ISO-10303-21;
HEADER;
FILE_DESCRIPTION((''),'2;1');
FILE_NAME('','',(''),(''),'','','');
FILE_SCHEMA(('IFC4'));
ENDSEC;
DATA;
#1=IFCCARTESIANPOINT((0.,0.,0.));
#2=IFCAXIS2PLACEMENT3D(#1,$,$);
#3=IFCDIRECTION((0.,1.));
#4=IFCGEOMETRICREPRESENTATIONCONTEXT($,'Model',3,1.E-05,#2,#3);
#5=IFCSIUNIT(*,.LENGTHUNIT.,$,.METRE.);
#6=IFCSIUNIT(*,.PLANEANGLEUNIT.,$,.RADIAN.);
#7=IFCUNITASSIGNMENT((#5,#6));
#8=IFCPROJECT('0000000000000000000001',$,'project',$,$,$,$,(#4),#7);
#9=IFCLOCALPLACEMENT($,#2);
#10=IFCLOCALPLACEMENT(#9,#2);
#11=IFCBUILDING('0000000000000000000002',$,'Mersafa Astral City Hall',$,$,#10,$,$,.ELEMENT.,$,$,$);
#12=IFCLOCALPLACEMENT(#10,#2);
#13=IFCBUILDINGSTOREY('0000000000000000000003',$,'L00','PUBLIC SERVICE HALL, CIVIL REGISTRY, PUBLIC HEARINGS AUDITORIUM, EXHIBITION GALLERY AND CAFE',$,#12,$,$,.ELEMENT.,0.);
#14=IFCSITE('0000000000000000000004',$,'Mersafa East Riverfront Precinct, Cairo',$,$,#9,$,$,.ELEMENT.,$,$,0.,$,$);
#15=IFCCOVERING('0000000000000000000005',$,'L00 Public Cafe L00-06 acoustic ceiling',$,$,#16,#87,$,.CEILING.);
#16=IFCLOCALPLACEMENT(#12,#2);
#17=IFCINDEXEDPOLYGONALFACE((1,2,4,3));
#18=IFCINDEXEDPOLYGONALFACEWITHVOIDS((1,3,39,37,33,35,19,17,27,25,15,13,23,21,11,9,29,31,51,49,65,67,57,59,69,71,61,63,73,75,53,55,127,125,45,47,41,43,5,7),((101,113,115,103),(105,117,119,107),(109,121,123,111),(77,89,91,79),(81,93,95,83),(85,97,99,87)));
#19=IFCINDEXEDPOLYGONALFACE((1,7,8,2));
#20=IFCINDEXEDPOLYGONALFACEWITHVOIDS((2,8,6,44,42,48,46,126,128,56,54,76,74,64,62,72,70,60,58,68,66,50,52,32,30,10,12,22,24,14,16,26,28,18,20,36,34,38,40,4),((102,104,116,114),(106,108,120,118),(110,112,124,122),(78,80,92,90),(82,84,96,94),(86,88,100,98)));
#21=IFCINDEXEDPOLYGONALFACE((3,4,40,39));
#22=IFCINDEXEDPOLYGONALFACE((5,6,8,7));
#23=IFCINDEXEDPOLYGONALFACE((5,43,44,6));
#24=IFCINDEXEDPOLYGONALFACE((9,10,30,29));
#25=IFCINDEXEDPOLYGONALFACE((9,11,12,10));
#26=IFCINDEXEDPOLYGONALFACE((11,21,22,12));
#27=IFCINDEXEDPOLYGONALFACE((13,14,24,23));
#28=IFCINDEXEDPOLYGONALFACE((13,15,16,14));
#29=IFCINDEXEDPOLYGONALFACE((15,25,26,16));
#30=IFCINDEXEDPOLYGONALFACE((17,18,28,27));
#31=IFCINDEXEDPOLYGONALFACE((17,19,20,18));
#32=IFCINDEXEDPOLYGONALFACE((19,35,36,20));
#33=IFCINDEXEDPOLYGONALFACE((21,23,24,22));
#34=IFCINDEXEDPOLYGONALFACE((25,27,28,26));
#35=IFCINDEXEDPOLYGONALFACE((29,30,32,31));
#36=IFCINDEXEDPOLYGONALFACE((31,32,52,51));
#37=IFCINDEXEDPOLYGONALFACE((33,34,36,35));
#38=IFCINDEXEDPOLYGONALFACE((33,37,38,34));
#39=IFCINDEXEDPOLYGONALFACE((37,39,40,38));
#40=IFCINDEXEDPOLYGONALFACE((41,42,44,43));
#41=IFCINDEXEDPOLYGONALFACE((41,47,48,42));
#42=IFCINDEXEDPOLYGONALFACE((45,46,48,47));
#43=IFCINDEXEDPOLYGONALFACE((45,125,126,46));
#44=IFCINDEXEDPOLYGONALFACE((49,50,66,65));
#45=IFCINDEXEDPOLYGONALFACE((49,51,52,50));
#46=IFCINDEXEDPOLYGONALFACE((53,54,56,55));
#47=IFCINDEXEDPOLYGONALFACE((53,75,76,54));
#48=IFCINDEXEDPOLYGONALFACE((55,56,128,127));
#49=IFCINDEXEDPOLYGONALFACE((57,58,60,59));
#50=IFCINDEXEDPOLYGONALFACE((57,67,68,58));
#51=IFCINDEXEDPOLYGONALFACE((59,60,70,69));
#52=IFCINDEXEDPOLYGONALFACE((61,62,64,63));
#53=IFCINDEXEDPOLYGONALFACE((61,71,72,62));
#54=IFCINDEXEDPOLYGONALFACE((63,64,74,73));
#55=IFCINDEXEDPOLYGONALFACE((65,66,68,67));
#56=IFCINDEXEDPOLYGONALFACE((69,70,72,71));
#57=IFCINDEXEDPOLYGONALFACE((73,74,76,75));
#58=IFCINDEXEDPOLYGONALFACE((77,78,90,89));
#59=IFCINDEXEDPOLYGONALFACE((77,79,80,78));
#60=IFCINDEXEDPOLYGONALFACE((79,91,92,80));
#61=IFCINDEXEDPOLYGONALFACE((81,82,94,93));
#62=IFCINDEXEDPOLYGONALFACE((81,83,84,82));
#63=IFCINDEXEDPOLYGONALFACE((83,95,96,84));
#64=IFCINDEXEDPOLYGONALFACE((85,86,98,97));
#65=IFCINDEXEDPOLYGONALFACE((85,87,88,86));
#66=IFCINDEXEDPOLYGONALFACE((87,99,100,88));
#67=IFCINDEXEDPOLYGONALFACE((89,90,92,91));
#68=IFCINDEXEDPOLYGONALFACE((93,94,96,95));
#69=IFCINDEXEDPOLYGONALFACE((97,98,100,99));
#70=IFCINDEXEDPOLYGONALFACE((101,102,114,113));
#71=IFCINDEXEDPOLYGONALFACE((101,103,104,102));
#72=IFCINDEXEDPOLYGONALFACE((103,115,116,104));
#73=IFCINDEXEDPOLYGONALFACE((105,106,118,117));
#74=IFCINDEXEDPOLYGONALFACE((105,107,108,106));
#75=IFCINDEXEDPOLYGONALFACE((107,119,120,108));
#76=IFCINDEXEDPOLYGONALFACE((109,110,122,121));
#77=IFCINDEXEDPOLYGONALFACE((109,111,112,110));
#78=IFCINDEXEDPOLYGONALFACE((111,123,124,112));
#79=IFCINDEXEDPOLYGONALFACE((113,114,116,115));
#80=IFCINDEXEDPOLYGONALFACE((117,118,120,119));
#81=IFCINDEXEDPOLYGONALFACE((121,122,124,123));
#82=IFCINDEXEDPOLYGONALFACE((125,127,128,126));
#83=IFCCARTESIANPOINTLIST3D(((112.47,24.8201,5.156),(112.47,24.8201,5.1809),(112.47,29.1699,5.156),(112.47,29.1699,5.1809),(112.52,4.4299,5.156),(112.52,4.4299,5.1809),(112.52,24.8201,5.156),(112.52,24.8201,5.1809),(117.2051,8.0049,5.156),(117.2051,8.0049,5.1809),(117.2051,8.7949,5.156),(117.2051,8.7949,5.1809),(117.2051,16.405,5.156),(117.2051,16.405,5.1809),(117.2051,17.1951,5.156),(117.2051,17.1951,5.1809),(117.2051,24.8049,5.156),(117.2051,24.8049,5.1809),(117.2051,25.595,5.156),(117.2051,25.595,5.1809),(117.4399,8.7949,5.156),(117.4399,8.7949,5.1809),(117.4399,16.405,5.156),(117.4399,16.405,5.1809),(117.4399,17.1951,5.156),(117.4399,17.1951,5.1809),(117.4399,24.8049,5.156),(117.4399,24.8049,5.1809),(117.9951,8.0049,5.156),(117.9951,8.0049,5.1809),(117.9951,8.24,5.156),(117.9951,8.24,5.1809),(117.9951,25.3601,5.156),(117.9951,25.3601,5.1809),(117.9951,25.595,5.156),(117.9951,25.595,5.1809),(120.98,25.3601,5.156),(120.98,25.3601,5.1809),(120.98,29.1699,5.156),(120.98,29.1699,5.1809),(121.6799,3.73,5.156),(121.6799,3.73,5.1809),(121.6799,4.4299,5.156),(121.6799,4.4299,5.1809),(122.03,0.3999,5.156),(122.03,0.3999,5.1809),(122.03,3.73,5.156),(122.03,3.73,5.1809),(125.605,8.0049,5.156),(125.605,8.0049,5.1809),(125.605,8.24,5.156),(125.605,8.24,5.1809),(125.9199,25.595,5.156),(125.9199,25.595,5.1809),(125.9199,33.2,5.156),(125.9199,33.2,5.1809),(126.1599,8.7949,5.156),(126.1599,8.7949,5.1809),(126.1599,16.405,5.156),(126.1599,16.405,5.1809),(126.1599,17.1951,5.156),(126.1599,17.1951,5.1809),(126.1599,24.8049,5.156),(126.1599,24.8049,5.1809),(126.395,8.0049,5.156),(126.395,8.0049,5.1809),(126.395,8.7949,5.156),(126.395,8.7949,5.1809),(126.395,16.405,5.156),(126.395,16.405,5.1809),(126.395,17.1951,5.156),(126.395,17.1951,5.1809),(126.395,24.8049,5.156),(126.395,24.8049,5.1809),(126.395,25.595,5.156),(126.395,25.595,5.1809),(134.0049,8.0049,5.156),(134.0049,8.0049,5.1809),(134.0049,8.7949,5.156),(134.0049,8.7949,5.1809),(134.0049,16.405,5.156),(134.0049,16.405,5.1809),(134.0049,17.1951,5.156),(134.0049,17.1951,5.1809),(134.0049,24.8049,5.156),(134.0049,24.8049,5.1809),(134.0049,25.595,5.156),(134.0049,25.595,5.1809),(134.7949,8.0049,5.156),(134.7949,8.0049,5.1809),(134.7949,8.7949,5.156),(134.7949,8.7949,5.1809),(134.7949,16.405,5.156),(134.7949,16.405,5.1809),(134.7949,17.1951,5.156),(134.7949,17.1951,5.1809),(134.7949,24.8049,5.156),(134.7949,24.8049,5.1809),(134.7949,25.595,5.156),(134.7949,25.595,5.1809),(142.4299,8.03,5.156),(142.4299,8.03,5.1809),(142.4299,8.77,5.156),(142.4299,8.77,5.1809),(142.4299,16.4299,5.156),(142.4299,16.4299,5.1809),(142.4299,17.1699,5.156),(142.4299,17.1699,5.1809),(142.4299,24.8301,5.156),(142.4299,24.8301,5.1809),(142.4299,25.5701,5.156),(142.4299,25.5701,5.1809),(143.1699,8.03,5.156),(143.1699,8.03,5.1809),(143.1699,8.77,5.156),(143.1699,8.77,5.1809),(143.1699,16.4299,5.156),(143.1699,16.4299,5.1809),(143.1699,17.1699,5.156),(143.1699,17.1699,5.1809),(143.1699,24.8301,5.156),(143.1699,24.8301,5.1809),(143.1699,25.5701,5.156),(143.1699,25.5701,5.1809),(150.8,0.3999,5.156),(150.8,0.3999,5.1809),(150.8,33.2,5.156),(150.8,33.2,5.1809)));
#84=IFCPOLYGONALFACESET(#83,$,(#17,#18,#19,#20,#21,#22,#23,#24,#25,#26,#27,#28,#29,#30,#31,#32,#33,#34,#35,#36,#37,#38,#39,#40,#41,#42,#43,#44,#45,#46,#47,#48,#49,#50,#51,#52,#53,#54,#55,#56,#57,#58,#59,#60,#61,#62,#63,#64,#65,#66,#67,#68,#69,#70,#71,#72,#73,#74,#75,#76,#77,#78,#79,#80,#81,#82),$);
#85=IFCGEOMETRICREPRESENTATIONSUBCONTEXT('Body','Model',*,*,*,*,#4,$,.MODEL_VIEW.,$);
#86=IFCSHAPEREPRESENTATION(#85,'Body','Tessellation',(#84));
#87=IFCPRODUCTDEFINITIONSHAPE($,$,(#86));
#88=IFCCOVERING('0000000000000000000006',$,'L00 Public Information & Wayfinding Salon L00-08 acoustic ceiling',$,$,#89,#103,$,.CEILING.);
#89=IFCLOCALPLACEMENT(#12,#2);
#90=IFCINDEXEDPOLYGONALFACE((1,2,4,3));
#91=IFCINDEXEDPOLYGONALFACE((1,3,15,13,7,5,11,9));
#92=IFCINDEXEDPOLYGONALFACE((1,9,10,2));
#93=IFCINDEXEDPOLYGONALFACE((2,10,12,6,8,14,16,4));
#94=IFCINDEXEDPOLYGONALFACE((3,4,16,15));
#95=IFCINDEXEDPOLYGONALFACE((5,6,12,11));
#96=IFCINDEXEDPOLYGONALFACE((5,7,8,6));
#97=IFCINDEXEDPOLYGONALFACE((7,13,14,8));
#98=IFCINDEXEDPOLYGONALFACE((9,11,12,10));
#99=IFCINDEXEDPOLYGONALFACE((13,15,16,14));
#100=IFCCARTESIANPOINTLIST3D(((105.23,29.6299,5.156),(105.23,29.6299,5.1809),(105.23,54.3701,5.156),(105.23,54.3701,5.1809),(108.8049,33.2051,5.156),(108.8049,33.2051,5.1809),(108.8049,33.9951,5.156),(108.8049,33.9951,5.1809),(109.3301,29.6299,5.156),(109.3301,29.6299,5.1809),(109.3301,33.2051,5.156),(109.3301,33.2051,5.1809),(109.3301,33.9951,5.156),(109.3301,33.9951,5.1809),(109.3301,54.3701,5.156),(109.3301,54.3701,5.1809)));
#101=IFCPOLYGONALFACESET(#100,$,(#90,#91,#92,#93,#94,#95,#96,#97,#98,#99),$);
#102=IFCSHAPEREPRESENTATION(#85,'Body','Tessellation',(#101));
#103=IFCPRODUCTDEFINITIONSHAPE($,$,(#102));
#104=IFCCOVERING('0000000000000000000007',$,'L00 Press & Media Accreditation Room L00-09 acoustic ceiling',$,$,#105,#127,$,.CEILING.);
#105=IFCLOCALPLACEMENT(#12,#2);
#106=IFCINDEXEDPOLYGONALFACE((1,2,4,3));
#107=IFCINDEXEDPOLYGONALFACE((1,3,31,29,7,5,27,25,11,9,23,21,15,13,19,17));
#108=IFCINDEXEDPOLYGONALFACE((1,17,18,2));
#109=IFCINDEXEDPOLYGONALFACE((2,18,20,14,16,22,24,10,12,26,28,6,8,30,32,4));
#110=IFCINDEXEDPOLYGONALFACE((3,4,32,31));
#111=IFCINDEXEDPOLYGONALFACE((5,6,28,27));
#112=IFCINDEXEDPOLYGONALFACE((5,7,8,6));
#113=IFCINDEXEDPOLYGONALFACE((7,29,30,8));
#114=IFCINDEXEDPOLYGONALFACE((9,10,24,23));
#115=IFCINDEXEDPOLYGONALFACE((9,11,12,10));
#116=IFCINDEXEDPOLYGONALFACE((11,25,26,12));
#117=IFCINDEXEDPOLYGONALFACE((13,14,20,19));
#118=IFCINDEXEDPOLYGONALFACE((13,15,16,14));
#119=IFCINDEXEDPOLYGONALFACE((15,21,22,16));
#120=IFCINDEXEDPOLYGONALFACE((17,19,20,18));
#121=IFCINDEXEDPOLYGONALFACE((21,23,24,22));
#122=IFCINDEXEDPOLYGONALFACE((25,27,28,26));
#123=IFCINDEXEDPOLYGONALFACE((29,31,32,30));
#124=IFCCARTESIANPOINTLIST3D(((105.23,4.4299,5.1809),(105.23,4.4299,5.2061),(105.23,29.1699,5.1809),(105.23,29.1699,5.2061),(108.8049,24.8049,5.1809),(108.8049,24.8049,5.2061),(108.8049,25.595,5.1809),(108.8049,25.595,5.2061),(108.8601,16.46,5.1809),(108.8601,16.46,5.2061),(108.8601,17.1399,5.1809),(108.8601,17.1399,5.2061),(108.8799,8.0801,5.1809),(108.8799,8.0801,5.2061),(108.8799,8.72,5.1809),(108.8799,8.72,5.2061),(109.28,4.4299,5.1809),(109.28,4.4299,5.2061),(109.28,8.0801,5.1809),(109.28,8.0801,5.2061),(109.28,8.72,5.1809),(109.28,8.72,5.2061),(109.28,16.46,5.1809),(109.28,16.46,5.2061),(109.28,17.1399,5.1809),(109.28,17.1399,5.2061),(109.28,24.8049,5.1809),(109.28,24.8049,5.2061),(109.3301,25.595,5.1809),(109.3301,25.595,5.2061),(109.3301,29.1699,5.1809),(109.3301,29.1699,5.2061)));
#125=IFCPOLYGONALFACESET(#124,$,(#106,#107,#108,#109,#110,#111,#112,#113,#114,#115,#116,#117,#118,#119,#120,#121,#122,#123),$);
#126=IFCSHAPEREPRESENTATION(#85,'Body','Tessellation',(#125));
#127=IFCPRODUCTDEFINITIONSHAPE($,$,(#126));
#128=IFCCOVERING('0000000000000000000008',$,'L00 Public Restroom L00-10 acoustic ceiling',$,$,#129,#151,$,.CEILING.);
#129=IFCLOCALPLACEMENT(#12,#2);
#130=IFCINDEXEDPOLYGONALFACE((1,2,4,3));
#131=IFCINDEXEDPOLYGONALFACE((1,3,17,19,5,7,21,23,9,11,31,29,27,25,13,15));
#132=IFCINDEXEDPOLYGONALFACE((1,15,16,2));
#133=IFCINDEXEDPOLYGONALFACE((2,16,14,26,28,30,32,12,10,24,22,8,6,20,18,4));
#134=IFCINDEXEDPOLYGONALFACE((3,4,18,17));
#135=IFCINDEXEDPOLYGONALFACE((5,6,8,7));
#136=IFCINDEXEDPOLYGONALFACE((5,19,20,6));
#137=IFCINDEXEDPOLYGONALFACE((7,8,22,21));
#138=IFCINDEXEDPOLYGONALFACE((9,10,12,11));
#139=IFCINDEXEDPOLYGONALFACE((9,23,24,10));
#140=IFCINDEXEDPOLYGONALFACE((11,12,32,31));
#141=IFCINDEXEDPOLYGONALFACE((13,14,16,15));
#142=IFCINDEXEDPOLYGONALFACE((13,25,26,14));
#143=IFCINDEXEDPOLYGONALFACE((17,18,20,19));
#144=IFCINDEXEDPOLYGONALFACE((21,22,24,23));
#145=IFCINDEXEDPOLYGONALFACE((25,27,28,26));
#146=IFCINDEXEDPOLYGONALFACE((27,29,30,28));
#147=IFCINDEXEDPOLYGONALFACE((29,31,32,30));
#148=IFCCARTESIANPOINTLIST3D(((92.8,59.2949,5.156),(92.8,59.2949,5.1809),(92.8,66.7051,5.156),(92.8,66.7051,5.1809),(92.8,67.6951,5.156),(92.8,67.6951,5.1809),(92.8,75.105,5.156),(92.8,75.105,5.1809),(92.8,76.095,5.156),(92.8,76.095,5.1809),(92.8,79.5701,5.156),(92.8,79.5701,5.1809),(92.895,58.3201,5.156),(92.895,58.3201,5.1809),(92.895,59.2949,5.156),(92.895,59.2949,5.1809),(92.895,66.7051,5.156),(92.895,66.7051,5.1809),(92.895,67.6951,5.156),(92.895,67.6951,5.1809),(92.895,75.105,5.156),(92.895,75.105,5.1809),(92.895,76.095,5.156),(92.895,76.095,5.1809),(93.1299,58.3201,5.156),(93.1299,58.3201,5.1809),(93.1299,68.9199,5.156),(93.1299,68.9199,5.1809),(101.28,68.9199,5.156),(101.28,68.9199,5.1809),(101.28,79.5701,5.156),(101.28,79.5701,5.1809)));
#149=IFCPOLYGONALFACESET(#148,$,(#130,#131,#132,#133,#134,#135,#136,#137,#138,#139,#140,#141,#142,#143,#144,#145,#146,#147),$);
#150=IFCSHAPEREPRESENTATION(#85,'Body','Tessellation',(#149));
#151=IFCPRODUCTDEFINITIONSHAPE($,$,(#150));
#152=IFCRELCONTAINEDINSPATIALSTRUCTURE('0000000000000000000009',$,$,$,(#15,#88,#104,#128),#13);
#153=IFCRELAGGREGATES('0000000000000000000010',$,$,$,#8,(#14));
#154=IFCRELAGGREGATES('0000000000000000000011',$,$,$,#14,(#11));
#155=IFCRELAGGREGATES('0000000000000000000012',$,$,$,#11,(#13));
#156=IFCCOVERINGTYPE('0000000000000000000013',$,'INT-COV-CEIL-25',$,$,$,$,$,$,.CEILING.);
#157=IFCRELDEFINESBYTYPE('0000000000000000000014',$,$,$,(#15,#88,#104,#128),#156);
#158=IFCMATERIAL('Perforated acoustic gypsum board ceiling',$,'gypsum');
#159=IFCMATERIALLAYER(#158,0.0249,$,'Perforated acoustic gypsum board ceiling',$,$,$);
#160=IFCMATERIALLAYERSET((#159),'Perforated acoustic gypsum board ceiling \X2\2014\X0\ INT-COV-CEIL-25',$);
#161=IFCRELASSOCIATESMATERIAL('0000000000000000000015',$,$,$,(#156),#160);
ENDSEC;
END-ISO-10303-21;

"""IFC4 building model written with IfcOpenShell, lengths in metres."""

from ifc_helpers import new_model, si_unit, direction, frame, origin, place, context, subcontext, project, spatial, polyline, outline, extrude, material, layer, layer_set, type_object, element, save


model = new_model("IFC4")

# Units and contexts
model_context = context("Model", 3, precision=1e-05, world=origin(), true_north=direction((0.0, 1.0)))
body_context = subcontext(model_context, "Body", "Model", "MODEL_VIEW")
ifc_project = project(units=[si_unit("LENGTHUNIT", "METRE"), si_unit("PLANEANGLEUNIT", "RADIAN")], contexts=[model_context])

# Site, building, storey
site_placement = place(None, origin())
site = spatial("IfcSite", under=ifc_project, at=site_placement, Name="Mersafa East Riverfront Precinct, Cairo", CompositionType="ELEMENT", RefElevation=0.0)
building_placement = place(site_placement, origin())
building = spatial("IfcBuilding", under=site, at=building_placement, Name="Mersafa Astral City Hall", CompositionType="ELEMENT")
storey_placement = place(building_placement, origin())
storey = spatial("IfcBuildingStorey", under=building, at=storey_placement, Name="L00", Description="PUBLIC SERVICE HALL, CIVIL REGISTRY, PUBLIC HEARINGS AUDITORIUM, EXHIBITION GALLERY AND CAFE", CompositionType="ELEMENT", Elevation=0.0)

# Coverings
ifc_material_1 = material(Name="Perforated acoustic gypsum board ceiling", Category="gypsum")
ifc_layer_1 = layer(ifc_material_1, 0.0249, Name="Perforated acoustic gypsum board ceiling")
ifc_layer_set_1 = layer_set([ifc_layer_1], Name="Perforated acoustic gypsum board ceiling — INT-COV-CEIL-25")
covering_type_1 = type_object("IfcCoveringType", Name="INT-COV-CEIL-25", PredefinedType="CEILING", material=ifc_layer_set_1)
covering_1_placement = place(storey_placement, frame((0.0, 0.0, 5.156)))
element("IfcCovering", 1, at=covering_1_placement, inside=storey, type_object=covering_type_1, Name="L00 Public Cafe L00-06 acoustic ceiling", PredefinedType="CEILING", context=body_context, shape_type="SweptSolid", body=[
    extrude(outline(polyline([(112.47, 29.1699), (120.98, 29.1699), (120.98, 25.3601), (117.9951, 25.3601), (117.9951, 25.595), (117.2051, 25.595), (117.2051, 24.8049), (117.4399, 24.8049), (117.4399, 17.1951), (117.2051, 17.1951), (117.2051, 16.405), (117.4399, 16.405), (117.4399, 8.7949), (117.2051, 8.7949), (117.2051, 8.0049), (117.9951, 8.0049), (117.9951, 8.24), (125.605, 8.24), (125.605, 8.0049), (126.395, 8.0049), (126.395, 8.7949), (126.1599, 8.7949), (126.1599, 16.405), (126.395, 16.405), (126.395, 17.1951), (126.1599, 17.1951), (126.1599, 24.8049), (126.395, 24.8049), (126.395, 25.595), (125.9199, 25.595), (125.9199, 33.2), (150.8, 33.2), (150.8, 0.3999), (122.03, 0.3999), (122.03, 3.73), (121.6799, 3.73), (121.6799, 4.4299), (112.52, 4.4299), (112.52, 24.8201), (112.47, 24.8201), (112.47, 29.1699)]), holes=[polyline([(142.4299, 8.03), (143.1699, 8.03), (143.1699, 8.77), (142.4299, 8.77), (142.4299, 8.03)]), polyline([(142.4299, 16.4299), (143.1699, 16.4299), (143.1699, 17.1699), (142.4299, 17.1699), (142.4299, 16.4299)]), polyline([(142.4299, 24.8301), (143.1699, 24.8301), (143.1699, 25.5701), (142.4299, 25.5701), (142.4299, 24.8301)]), polyline([(134.7949, 8.0049), (134.7949, 8.7949), (134.0049, 8.7949), (134.0049, 8.0049), (134.7949, 8.0049)]), polyline([(134.0049, 16.405), (134.7949, 16.405), (134.7949, 17.1951), (134.0049, 17.1951), (134.0049, 16.405)]), polyline([(134.0049, 24.8049), (134.7949, 24.8049), (134.7949, 25.595), (134.0049, 25.595), (134.0049, 24.8049)])]), origin(), (0.0, 0.0, 1.0), 0.0249),
])
covering_2_placement = place(storey_placement, frame((0.0, 0.0, 5.156)))
element("IfcCovering", 2, at=covering_2_placement, inside=storey, type_object=covering_type_1, Name="L00 Public Information & Wayfinding Salon L00-08 acoustic ceiling", PredefinedType="CEILING", context=body_context, shape_type="SweptSolid", body=[
    extrude(outline(polyline([(105.23, 54.3701), (109.3301, 54.3701), (109.3301, 33.9951), (108.8049, 33.9951), (108.8049, 33.2051), (109.3301, 33.2051), (109.3301, 29.6299), (105.23, 29.6299), (105.23, 54.3701)])), origin(), (0.0, 0.0, 1.0), 0.0249),
])
covering_3_placement = place(storey_placement, frame((0.0, 0.0, 5.1809)))
element("IfcCovering", 3, at=covering_3_placement, inside=storey, type_object=covering_type_1, Name="L00 Press & Media Accreditation Room L00-09 acoustic ceiling", PredefinedType="CEILING", context=body_context, shape_type="SweptSolid", body=[
    extrude(outline(polyline([(108.8049, 24.8049), (109.28, 24.8049), (109.28, 17.1399), (108.8601, 17.1399), (108.8601, 16.46), (109.28, 16.46), (109.28, 8.72), (108.8799, 8.72), (108.8799, 8.0801), (109.28, 8.0801), (109.28, 4.4299), (105.23, 4.4299), (105.23, 29.1699), (109.3301, 29.1699), (109.3301, 25.595), (108.8049, 25.595), (108.8049, 24.8049)])), origin(), (0.0, 0.0, 1.0), 0.0251),
])
covering_4_placement = place(storey_placement, frame((0.0, 0.0, 5.156)))
element("IfcCovering", 4, at=covering_4_placement, inside=storey, type_object=covering_type_1, Name="L00 Public Restroom L00-10 acoustic ceiling", PredefinedType="CEILING", context=body_context, shape_type="SweptSolid", body=[
    extrude(outline(polyline([(92.895, 59.2949), (92.8, 59.2949), (92.8, 66.7051), (92.895, 66.7051), (92.895, 67.6951), (92.8, 67.6951), (92.8, 75.105), (92.895, 75.105), (92.895, 76.095), (92.8, 76.095), (92.8, 79.5701), (101.28, 79.5701), (101.28, 68.9199), (93.1299, 68.9199), (93.1299, 58.3201), (92.895, 58.3201), (92.895, 59.2949)])), origin(), (0.0, 0.0, 1.0), 0.0249),
])

save(model, "model.ifc")
